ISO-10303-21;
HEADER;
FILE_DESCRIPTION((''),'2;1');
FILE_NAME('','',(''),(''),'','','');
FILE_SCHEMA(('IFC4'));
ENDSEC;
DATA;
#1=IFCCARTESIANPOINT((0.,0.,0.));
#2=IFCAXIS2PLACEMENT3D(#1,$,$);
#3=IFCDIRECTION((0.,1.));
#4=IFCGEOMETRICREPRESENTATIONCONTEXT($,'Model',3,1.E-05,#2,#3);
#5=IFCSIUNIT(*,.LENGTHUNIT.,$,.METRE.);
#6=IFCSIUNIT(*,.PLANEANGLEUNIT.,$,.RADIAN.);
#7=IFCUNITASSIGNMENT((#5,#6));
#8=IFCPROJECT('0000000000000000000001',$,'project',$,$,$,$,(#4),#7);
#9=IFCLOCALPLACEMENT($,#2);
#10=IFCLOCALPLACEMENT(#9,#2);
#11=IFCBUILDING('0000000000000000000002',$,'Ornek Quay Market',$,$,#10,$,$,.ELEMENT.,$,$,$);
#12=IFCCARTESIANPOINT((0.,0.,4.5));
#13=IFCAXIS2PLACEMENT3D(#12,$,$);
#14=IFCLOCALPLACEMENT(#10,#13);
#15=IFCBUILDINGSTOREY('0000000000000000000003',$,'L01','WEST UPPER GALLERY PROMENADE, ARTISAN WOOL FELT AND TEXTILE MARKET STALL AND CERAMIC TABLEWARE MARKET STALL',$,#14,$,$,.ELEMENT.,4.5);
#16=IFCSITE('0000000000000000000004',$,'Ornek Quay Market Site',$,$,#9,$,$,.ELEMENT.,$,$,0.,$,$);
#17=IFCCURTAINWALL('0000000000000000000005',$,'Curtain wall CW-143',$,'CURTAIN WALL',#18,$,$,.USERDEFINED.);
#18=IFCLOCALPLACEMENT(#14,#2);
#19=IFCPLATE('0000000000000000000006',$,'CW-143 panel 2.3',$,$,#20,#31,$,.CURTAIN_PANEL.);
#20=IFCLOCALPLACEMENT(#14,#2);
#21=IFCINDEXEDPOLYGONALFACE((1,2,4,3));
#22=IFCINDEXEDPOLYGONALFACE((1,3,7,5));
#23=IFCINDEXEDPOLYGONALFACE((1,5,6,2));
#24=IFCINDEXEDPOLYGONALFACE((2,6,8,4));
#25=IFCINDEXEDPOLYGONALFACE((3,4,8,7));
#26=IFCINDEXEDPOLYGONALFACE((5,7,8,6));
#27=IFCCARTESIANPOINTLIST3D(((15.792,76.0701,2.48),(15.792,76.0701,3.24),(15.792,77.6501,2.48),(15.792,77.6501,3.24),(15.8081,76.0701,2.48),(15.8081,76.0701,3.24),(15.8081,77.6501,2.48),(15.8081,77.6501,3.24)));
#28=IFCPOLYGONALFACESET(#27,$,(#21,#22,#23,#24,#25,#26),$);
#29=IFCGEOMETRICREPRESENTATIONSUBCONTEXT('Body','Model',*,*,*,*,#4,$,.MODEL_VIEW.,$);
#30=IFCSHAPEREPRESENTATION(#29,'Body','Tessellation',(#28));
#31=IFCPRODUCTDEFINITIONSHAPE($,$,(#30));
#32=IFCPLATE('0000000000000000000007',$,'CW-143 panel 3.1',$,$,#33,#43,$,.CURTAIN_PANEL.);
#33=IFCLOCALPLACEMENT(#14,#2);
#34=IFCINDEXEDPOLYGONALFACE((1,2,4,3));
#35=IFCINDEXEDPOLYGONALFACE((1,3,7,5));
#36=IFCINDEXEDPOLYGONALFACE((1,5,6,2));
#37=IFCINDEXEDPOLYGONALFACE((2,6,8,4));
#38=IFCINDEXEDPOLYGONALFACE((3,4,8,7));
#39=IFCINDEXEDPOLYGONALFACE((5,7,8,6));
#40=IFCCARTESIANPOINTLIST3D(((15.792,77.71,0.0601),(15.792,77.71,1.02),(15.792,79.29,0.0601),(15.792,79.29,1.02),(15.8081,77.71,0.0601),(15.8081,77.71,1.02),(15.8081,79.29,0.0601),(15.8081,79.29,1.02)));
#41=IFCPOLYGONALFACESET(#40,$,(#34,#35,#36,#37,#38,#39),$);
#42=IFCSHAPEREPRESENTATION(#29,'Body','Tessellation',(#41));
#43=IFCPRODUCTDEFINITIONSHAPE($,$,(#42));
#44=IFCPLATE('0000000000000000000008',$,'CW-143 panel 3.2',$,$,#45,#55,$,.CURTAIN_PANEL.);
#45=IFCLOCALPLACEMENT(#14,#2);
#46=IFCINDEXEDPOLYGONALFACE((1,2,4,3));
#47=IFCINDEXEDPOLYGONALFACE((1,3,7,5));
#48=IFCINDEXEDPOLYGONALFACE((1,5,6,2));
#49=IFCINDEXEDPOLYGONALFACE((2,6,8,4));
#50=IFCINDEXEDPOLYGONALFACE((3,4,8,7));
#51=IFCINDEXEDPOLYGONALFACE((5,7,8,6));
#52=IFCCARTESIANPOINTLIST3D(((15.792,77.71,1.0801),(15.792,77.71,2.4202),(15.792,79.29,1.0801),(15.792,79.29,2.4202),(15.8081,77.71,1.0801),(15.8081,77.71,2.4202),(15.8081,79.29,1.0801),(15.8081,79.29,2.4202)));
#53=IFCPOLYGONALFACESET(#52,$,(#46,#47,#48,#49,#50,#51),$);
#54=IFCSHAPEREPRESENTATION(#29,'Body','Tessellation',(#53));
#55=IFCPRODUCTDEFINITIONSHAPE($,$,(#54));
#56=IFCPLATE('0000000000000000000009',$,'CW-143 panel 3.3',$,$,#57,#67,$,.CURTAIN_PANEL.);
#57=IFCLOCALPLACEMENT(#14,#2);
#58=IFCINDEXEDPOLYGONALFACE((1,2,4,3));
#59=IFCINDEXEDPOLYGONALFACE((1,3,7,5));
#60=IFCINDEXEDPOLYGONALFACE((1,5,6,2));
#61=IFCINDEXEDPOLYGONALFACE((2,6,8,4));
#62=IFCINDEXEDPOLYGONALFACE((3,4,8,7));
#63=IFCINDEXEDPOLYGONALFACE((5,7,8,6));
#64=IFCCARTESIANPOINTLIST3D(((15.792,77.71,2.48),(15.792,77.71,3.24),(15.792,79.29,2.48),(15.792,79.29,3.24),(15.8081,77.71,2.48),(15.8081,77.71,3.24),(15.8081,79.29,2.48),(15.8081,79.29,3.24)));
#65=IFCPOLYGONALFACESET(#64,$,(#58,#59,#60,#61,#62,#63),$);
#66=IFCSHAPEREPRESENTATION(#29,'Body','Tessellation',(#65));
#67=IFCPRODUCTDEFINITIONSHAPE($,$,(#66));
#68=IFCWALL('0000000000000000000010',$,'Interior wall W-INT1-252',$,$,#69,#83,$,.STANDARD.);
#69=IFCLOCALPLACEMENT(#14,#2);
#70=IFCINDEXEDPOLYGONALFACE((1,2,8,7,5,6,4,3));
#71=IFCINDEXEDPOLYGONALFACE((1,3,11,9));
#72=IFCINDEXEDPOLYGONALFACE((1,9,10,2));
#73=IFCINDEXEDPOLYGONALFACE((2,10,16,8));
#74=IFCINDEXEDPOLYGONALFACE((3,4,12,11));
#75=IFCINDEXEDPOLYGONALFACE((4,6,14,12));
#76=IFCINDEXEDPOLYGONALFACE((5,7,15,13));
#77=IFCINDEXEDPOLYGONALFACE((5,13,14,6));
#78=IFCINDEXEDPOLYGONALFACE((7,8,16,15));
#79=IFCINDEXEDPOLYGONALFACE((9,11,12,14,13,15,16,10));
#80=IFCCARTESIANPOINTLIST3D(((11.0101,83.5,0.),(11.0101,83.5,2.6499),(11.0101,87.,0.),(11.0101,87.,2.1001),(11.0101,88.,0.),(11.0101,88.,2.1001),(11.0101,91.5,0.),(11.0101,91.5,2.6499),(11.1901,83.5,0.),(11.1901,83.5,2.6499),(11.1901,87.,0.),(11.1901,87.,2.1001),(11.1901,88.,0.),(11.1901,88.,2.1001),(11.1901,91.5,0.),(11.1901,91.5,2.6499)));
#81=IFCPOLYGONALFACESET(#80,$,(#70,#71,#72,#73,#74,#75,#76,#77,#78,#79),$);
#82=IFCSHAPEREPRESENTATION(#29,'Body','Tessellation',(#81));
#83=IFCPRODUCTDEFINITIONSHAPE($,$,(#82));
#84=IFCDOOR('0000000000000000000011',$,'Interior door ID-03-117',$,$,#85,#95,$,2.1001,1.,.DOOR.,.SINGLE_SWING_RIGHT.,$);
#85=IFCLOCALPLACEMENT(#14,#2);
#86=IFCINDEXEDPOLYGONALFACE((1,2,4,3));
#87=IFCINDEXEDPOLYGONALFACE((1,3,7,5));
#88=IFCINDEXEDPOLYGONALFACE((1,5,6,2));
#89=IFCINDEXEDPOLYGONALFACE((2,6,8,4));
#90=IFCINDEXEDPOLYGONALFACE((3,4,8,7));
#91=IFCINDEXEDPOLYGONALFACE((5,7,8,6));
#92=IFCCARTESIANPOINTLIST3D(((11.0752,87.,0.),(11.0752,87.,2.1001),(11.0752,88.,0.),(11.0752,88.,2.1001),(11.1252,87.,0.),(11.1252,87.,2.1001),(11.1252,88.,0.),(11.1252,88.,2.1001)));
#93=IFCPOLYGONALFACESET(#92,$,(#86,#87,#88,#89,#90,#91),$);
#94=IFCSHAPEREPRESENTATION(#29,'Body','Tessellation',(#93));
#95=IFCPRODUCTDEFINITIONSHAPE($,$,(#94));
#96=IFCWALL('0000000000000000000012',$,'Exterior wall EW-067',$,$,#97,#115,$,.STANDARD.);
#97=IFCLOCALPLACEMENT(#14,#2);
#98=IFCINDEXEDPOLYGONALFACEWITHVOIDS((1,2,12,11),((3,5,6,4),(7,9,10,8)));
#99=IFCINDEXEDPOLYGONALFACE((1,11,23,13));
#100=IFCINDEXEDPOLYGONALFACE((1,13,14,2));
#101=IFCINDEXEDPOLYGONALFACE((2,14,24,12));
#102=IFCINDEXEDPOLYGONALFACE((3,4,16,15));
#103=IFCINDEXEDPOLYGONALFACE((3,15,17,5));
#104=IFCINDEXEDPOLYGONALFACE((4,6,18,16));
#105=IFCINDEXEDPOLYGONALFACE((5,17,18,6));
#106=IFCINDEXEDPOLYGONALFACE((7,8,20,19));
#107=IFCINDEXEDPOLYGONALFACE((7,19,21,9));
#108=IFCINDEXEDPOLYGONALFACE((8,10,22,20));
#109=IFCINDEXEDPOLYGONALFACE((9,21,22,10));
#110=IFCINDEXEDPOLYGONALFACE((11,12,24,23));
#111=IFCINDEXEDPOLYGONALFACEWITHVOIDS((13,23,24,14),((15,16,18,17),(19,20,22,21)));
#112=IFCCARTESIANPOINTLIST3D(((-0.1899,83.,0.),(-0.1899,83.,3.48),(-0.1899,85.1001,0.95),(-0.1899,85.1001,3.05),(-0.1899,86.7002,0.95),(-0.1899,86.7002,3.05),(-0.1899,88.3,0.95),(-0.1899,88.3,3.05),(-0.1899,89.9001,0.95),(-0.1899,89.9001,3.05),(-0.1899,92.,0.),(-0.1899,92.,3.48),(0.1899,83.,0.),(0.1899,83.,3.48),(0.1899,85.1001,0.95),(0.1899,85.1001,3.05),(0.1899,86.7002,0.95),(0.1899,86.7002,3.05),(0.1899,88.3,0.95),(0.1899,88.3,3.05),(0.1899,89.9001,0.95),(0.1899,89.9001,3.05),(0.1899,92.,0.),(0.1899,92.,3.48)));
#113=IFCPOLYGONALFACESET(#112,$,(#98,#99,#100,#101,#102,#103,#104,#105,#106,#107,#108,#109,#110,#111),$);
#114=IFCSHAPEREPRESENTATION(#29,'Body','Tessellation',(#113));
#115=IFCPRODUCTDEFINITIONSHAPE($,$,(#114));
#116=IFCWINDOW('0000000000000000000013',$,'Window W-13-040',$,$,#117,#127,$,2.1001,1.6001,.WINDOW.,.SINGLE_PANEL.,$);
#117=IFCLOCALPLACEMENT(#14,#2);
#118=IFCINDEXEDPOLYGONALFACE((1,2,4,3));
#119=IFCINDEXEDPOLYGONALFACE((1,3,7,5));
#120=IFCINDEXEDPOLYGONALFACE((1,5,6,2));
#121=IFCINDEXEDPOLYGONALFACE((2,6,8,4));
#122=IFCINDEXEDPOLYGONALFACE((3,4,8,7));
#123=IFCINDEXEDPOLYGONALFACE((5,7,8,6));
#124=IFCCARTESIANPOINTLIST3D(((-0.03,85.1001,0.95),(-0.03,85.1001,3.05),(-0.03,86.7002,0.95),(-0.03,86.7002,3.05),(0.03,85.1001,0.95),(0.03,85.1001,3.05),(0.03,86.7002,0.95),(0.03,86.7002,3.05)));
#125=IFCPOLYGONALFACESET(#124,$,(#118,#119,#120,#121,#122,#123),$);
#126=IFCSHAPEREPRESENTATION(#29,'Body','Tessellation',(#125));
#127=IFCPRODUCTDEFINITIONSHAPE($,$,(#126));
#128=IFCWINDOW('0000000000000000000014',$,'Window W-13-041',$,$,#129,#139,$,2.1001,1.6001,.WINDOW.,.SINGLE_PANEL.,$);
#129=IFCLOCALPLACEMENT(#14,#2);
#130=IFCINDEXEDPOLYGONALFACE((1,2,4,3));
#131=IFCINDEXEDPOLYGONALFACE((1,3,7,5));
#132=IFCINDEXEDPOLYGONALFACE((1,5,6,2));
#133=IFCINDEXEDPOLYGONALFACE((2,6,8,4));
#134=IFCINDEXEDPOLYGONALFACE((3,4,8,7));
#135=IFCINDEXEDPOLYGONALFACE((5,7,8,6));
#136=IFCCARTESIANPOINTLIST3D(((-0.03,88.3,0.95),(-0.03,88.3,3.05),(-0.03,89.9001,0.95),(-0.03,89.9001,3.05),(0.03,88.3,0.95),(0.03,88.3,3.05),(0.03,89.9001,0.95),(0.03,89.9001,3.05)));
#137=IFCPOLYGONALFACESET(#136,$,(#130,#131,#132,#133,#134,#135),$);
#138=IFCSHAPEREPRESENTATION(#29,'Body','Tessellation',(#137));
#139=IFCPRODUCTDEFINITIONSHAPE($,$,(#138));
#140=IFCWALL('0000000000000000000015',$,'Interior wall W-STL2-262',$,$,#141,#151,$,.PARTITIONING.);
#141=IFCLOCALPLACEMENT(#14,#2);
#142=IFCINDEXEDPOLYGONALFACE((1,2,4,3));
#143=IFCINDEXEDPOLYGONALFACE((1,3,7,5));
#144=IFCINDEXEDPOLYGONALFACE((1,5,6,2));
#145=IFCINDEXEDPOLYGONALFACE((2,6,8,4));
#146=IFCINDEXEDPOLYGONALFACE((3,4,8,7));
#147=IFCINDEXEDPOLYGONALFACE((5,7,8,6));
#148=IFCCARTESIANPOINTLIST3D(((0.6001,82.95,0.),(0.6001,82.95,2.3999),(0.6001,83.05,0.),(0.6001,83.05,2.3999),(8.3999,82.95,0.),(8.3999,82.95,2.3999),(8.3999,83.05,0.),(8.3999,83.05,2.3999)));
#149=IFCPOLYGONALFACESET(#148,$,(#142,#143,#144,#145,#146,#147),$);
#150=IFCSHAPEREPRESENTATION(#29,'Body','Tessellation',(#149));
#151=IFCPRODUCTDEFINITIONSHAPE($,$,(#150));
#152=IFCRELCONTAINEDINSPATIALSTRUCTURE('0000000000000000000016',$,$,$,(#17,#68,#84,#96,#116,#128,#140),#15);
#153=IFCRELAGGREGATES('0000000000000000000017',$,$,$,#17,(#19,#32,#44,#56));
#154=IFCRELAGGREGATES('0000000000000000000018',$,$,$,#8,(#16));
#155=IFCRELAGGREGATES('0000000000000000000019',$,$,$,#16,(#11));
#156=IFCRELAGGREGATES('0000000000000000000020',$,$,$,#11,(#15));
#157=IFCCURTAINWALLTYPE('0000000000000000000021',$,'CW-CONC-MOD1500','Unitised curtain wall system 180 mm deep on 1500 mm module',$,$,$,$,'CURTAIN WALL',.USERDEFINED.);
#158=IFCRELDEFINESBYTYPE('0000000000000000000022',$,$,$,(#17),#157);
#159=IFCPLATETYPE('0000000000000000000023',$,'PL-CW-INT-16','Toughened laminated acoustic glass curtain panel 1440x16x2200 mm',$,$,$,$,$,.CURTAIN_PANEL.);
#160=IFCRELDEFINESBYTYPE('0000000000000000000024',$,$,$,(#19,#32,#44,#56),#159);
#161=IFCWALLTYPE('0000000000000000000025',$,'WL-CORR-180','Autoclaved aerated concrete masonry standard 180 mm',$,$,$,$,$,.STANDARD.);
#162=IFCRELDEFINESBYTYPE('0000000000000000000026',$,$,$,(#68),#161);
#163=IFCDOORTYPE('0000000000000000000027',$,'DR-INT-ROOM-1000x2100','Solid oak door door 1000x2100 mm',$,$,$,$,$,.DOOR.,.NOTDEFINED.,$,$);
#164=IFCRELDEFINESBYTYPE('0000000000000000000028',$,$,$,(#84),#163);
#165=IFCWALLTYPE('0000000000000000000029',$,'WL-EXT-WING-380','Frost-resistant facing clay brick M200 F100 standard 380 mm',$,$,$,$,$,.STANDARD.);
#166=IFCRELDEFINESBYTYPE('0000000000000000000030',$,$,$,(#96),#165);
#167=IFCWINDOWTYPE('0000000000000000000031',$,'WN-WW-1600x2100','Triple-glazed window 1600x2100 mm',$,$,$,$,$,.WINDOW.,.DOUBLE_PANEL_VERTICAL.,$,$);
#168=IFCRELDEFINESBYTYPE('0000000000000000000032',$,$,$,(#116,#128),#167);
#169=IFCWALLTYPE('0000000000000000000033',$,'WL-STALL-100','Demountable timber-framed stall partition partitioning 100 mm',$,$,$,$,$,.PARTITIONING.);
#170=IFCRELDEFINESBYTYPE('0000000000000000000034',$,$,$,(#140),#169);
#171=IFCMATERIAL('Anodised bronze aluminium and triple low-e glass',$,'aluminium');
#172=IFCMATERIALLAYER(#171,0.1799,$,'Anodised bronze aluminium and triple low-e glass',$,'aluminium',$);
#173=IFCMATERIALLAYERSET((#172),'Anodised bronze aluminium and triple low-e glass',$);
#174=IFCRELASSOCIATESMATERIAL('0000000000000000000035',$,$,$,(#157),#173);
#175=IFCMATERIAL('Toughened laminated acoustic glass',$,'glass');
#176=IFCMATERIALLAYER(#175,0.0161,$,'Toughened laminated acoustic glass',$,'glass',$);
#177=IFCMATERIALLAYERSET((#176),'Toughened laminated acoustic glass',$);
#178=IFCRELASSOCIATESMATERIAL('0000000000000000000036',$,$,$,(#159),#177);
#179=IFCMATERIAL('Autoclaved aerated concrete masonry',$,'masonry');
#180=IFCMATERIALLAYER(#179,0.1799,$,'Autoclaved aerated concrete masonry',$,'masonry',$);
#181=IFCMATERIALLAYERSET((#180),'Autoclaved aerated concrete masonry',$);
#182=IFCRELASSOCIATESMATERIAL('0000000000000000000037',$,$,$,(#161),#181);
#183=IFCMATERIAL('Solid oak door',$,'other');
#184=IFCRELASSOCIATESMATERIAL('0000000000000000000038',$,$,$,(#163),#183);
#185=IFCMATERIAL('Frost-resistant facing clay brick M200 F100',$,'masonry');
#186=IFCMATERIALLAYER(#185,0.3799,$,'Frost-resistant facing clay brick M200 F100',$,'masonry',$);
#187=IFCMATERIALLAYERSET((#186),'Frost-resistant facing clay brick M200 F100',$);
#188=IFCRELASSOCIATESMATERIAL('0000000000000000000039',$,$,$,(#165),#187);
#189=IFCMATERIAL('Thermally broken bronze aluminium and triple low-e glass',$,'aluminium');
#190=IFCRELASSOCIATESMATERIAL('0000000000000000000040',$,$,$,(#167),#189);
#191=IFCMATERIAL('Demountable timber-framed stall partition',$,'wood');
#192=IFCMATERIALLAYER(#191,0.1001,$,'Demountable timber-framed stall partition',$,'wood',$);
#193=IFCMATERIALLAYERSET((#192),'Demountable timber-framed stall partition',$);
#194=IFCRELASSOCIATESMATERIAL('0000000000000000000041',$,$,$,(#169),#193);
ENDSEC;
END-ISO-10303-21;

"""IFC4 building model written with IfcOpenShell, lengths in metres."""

from ifc_helpers import new_model, si_unit, direction, frame, frame_2d, origin, origin_2d, place, context, subcontext, project, spatial, rectangle, extrude, material, layer, layer_set, type_object, element, fill, aggregate, save


model = new_model("IFC4")

# Units and contexts
model_context = context("Model", 3, precision=1e-05, world=origin(), true_north=direction((0.0, 1.0)))
body_context = subcontext(model_context, "Body", "Model", "MODEL_VIEW")
ifc_project = project(units=[si_unit("LENGTHUNIT", "METRE"), si_unit("PLANEANGLEUNIT", "RADIAN")], contexts=[model_context])

# Site, building, storey
site_placement = place(None, origin())
site = spatial("IfcSite", under=ifc_project, at=site_placement, Name="Ornek Quay Market Site", CompositionType="ELEMENT", RefElevation=0.0)
building_placement = place(site_placement, origin())
building = spatial("IfcBuilding", under=site, at=building_placement, Name="Ornek Quay Market", CompositionType="ELEMENT")
storey_placement = place(building_placement, frame((0.0, 0.0, 4.5)))
storey = spatial("IfcBuildingStorey", under=building, at=storey_placement, Name="L01", Description="WEST UPPER GALLERY PROMENADE, ARTISAN WOOL FELT AND TEXTILE MARKET STALL AND CERAMIC TABLEWARE MARKET STALL", CompositionType="ELEMENT", Elevation=4.5)

# Curtain wall, plates
ifc_material_1 = material(Name="Anodised bronze aluminium and triple low-e glass", Category="aluminium")
ifc_layer_1 = layer(ifc_material_1, 0.1799, Name="Anodised bronze aluminium and triple low-e glass", Category="aluminium")
ifc_layer_set_1 = layer_set([ifc_layer_1], Name="Anodised bronze aluminium and triple low-e glass")
curtain_wall_type = type_object("IfcCurtainWallType", Name="CW-CONC-MOD1500", Description="Unitised curtain wall system 180 mm deep on 1500 mm module", ElementType="CURTAIN WALL", PredefinedType="USERDEFINED", material=ifc_layer_set_1)
curtain_wall_placement = place(storey_placement, origin())
curtain_wall = element("IfcCurtainWall", 1, at=curtain_wall_placement, inside=storey, type_object=curtain_wall_type, Name="Curtain wall CW-143", ObjectType="CURTAIN WALL", PredefinedType="USERDEFINED")
ifc_material_2 = material(Name="Toughened laminated acoustic glass", Category="glass")
ifc_layer_2 = layer(ifc_material_2, 0.0161, Name="Toughened laminated acoustic glass", Category="glass")
ifc_layer_set_2 = layer_set([ifc_layer_2], Name="Toughened laminated acoustic glass")
plate_type = type_object("IfcPlateType", Name="PL-CW-INT-16", Description="Toughened laminated acoustic glass curtain panel 1440x16x2200 mm", PredefinedType="CURTAIN_PANEL", material=ifc_layer_set_2)
plate_1_placement = place(storey_placement, frame((15.8, 76.8601, 2.48), z_axis=(0.0, 0.0, 1.0), x_axis=(0.0, 1.0, 0.0)))
plate_1 = element("IfcPlate", 2, at=plate_1_placement, type_object=plate_type, Name="CW-143 panel 2.3", PredefinedType="CURTAIN_PANEL", context=body_context, shape_type="SweptSolid", body=[
    extrude(rectangle(XDim=1.5801, YDim=0.0161, at=origin_2d()), origin(), (0.0, 0.0, 1.0), 0.76),
])
plate_2_placement = place(storey_placement, frame((15.8, 78.5, 0.0601), z_axis=(0.0, 0.0, 1.0), x_axis=(0.0, 1.0, 0.0)))
plate_2 = element("IfcPlate", 3, at=plate_2_placement, type_object=plate_type, Name="CW-143 panel 3.1", PredefinedType="CURTAIN_PANEL", context=body_context, shape_type="SweptSolid", body=[
    extrude(rectangle(XDim=1.5801, YDim=0.0161, at=origin_2d()), origin(), (0.0, 0.0, 1.0), 0.96),
])
plate_3_placement = place(storey_placement, frame((15.8, 78.5, 1.0801), z_axis=(0.0, 0.0, 1.0), x_axis=(0.0, 1.0, 0.0)))
plate_3 = element("IfcPlate", 4, at=plate_3_placement, type_object=plate_type, Name="CW-143 panel 3.2", PredefinedType="CURTAIN_PANEL", context=body_context, shape_type="SweptSolid", body=[
    extrude(rectangle(XDim=1.5801, YDim=0.0161, at=origin_2d()), origin(), (0.0, 0.0, 1.0), 1.3401),
])
plate_4_placement = place(storey_placement, frame((15.8, 78.5, 2.48), z_axis=(0.0, 0.0, 1.0), x_axis=(0.0, 1.0, 0.0)))
plate_4 = element("IfcPlate", 5, at=plate_4_placement, type_object=plate_type, Name="CW-143 panel 3.3", PredefinedType="CURTAIN_PANEL", context=body_context, shape_type="SweptSolid", body=[
    extrude(rectangle(XDim=1.5801, YDim=0.0161, at=origin_2d()), origin(), (0.0, 0.0, 1.0), 0.76),
])
aggregate(curtain_wall, [plate_1, plate_2, plate_3, plate_4])

# Wall, opening, door
ifc_material_3 = material(Name="Autoclaved aerated concrete masonry", Category="masonry")
ifc_layer_3 = layer(ifc_material_3, 0.1799, Name="Autoclaved aerated concrete masonry", Category="masonry")
ifc_layer_set_3 = layer_set([ifc_layer_3], Name="Autoclaved aerated concrete masonry")
wall_type_1 = type_object("IfcWallType", Name="WL-CORR-180", Description="Autoclaved aerated concrete masonry standard 180 mm", PredefinedType="STANDARD", material=ifc_layer_set_3)
wall_1_placement = place(storey_placement, frame((11.1001, 83.5, 0.0), z_axis=(0.0, 0.0, 1.0), x_axis=(0.0, 1.0, 0.0)))
wall_1 = element("IfcWall", 6, at=wall_1_placement, inside=storey, type_object=wall_type_1, Name="Interior wall W-INT1-252", PredefinedType="STANDARD", context=body_context, shape_type="SweptSolid", body=[
    extrude(rectangle(XDim=8.0, YDim=0.1799, at=frame_2d((4.0, 0.0))), origin(), (0.0, 0.0, 1.0), 2.6499),
])
opening_1_placement = place(wall_1_placement, frame((3.5, 0.0, 0.0)))
opening_1 = element("IfcOpeningElement", 7, at=opening_1_placement, cuts=wall_1, PredefinedType="OPENING", context=body_context, shape_type="SweptSolid", body=[
    extrude(rectangle(XDim=1.0, YDim=2.1001, at=frame_2d((0.5, 1.05))), frame((0.0, 0.0999, 0.0), z_axis=(0.0, -1.0, 0.0), x_axis=(1.0, 0.0, 0.0)), (0.0, 0.0, 1.0), 0.2),
])
ifc_material_4 = material(Name="Solid oak door", Category="other")
door_type = type_object("IfcDoorType", Name="DR-INT-ROOM-1000x2100", Description="Solid oak door door 1000x2100 mm", OperationType="NOTDEFINED", PredefinedType="DOOR", material=ifc_material_4)
door_placement = place(opening_1_placement, origin())
door = element("IfcDoor", 8, at=door_placement, inside=storey, type_object=door_type, Name="Interior door ID-03-117", OperationType="SINGLE_SWING_RIGHT", OverallHeight=2.1001, OverallWidth=1.0, PredefinedType="DOOR", context=body_context, shape_type="SweptSolid", body=[
    extrude(rectangle(XDim=1.0, YDim=2.1001, at=frame_2d((0.5, 1.05))), frame((0.0, 0.0249, 0.0), z_axis=(0.0, -1.0, 0.0), x_axis=(1.0, 0.0, 0.0)), (0.0, 0.0, 1.0), 0.05),
])
fill(opening_1, door)

# Wall, openings, windows
ifc_material_5 = material(Name="Frost-resistant facing clay brick M200 F100", Category="masonry")
ifc_layer_4 = layer(ifc_material_5, 0.3799, Name="Frost-resistant facing clay brick M200 F100", Category="masonry")
ifc_layer_set_4 = layer_set([ifc_layer_4], Name="Frost-resistant facing clay brick M200 F100")
wall_type_2 = type_object("IfcWallType", Name="WL-EXT-WING-380", Description="Frost-resistant facing clay brick M200 F100 standard 380 mm", PredefinedType="STANDARD", material=ifc_layer_set_4)
wall_2_placement = place(storey_placement, frame((0.0, 83.0, 0.0), z_axis=(0.0, 0.0, 1.0), x_axis=(0.0, 1.0, 0.0)))
wall_2 = element("IfcWall", 9, at=wall_2_placement, inside=storey, type_object=wall_type_2, Name="Exterior wall EW-067", PredefinedType="STANDARD", context=body_context, shape_type="SweptSolid", body=[
    extrude(rectangle(XDim=9.0, YDim=0.3799, at=frame_2d((4.5, 0.0))), origin(), (0.0, 0.0, 1.0), 3.48),
])
opening_2_placement = place(wall_2_placement, frame((2.1001, 0.0, 0.95)))
opening_2 = element("IfcOpeningElement", 10, at=opening_2_placement, cuts=wall_2, PredefinedType="OPENING", context=body_context, shape_type="SweptSolid", body=[
    extrude(rectangle(XDim=1.6001, YDim=2.1001, at=frame_2d((0.8, 1.05))), frame((0.0, 0.2, 0.0), z_axis=(0.0, -1.0, 0.0), x_axis=(1.0, 0.0, 0.0)), (0.0, 0.0, 1.0), 0.3999),
])
opening_3_placement = place(wall_2_placement, frame((5.3, 0.0, 0.95)))
opening_3 = element("IfcOpeningElement", 11, at=opening_3_placement, cuts=wall_2, PredefinedType="OPENING", context=body_context, shape_type="SweptSolid", body=[
    extrude(rectangle(XDim=1.6001, YDim=2.1001, at=frame_2d((0.8, 1.05))), frame((0.0, 0.2, 0.0), z_axis=(0.0, -1.0, 0.0), x_axis=(1.0, 0.0, 0.0)), (0.0, 0.0, 1.0), 0.3999),
])
ifc_material_6 = material(Name="Thermally broken bronze aluminium and triple low-e glass", Category="aluminium")
window_type = type_object("IfcWindowType", Name="WN-WW-1600x2100", Description="Triple-glazed window 1600x2100 mm", PartitioningType="DOUBLE_PANEL_VERTICAL", PredefinedType="WINDOW", material=ifc_material_6)
window_1_placement = place(opening_2_placement, origin())
window_1 = element("IfcWindow", 12, at=window_1_placement, inside=storey, type_object=window_type, Name="Window W-13-040", OverallHeight=2.1001, OverallWidth=1.6001, PartitioningType="SINGLE_PANEL", PredefinedType="WINDOW", context=body_context, shape_type="SweptSolid", body=[
    extrude(rectangle(XDim=1.6001, YDim=2.1001, at=frame_2d((0.8, 1.05))), frame((0.0, 0.03, 0.0), z_axis=(0.0, -1.0, 0.0), x_axis=(1.0, 0.0, 0.0)), (0.0, 0.0, 1.0), 0.0601),
])
fill(opening_2, window_1)
window_2_placement = place(opening_3_placement, origin())
window_2 = element("IfcWindow", 13, at=window_2_placement, inside=storey, type_object=window_type, Name="Window W-13-041", OverallHeight=2.1001, OverallWidth=1.6001, PartitioningType="SINGLE_PANEL", PredefinedType="WINDOW", context=body_context, shape_type="SweptSolid", body=[
    extrude(rectangle(XDim=1.6001, YDim=2.1001, at=frame_2d((0.8, 1.05))), frame((0.0, 0.03, 0.0), z_axis=(0.0, -1.0, 0.0), x_axis=(1.0, 0.0, 0.0)), (0.0, 0.0, 1.0), 0.0601),
])
fill(opening_3, window_2)

# Wall
ifc_material_7 = material(Name="Demountable timber-framed stall partition", Category="wood")
ifc_layer_5 = layer(ifc_material_7, 0.1001, Name="Demountable timber-framed stall partition", Category="wood")
ifc_layer_set_5 = layer_set([ifc_layer_5], Name="Demountable timber-framed stall partition")
wall_type_3 = type_object("IfcWallType", Name="WL-STALL-100", Description="Demountable timber-framed stall partition partitioning 100 mm", PredefinedType="PARTITIONING", material=ifc_layer_set_5)
wall_3_placement = place(storey_placement, frame((0.6001, 83.0, 0.0), z_axis=(0.0, 0.0, 1.0), x_axis=(1.0, 0.0, 0.0)))
element("IfcWall", 14, at=wall_3_placement, inside=storey, type_object=wall_type_3, Name="Interior wall W-STL2-262", PredefinedType="PARTITIONING", context=body_context, shape_type="SweptSolid", body=[
    extrude(rectangle(XDim=7.7998, YDim=0.1001, at=frame_2d((3.8999, 0.0))), origin(), (0.0, 0.0, 1.0), 2.3999),
])

save(model, "model.ifc")
